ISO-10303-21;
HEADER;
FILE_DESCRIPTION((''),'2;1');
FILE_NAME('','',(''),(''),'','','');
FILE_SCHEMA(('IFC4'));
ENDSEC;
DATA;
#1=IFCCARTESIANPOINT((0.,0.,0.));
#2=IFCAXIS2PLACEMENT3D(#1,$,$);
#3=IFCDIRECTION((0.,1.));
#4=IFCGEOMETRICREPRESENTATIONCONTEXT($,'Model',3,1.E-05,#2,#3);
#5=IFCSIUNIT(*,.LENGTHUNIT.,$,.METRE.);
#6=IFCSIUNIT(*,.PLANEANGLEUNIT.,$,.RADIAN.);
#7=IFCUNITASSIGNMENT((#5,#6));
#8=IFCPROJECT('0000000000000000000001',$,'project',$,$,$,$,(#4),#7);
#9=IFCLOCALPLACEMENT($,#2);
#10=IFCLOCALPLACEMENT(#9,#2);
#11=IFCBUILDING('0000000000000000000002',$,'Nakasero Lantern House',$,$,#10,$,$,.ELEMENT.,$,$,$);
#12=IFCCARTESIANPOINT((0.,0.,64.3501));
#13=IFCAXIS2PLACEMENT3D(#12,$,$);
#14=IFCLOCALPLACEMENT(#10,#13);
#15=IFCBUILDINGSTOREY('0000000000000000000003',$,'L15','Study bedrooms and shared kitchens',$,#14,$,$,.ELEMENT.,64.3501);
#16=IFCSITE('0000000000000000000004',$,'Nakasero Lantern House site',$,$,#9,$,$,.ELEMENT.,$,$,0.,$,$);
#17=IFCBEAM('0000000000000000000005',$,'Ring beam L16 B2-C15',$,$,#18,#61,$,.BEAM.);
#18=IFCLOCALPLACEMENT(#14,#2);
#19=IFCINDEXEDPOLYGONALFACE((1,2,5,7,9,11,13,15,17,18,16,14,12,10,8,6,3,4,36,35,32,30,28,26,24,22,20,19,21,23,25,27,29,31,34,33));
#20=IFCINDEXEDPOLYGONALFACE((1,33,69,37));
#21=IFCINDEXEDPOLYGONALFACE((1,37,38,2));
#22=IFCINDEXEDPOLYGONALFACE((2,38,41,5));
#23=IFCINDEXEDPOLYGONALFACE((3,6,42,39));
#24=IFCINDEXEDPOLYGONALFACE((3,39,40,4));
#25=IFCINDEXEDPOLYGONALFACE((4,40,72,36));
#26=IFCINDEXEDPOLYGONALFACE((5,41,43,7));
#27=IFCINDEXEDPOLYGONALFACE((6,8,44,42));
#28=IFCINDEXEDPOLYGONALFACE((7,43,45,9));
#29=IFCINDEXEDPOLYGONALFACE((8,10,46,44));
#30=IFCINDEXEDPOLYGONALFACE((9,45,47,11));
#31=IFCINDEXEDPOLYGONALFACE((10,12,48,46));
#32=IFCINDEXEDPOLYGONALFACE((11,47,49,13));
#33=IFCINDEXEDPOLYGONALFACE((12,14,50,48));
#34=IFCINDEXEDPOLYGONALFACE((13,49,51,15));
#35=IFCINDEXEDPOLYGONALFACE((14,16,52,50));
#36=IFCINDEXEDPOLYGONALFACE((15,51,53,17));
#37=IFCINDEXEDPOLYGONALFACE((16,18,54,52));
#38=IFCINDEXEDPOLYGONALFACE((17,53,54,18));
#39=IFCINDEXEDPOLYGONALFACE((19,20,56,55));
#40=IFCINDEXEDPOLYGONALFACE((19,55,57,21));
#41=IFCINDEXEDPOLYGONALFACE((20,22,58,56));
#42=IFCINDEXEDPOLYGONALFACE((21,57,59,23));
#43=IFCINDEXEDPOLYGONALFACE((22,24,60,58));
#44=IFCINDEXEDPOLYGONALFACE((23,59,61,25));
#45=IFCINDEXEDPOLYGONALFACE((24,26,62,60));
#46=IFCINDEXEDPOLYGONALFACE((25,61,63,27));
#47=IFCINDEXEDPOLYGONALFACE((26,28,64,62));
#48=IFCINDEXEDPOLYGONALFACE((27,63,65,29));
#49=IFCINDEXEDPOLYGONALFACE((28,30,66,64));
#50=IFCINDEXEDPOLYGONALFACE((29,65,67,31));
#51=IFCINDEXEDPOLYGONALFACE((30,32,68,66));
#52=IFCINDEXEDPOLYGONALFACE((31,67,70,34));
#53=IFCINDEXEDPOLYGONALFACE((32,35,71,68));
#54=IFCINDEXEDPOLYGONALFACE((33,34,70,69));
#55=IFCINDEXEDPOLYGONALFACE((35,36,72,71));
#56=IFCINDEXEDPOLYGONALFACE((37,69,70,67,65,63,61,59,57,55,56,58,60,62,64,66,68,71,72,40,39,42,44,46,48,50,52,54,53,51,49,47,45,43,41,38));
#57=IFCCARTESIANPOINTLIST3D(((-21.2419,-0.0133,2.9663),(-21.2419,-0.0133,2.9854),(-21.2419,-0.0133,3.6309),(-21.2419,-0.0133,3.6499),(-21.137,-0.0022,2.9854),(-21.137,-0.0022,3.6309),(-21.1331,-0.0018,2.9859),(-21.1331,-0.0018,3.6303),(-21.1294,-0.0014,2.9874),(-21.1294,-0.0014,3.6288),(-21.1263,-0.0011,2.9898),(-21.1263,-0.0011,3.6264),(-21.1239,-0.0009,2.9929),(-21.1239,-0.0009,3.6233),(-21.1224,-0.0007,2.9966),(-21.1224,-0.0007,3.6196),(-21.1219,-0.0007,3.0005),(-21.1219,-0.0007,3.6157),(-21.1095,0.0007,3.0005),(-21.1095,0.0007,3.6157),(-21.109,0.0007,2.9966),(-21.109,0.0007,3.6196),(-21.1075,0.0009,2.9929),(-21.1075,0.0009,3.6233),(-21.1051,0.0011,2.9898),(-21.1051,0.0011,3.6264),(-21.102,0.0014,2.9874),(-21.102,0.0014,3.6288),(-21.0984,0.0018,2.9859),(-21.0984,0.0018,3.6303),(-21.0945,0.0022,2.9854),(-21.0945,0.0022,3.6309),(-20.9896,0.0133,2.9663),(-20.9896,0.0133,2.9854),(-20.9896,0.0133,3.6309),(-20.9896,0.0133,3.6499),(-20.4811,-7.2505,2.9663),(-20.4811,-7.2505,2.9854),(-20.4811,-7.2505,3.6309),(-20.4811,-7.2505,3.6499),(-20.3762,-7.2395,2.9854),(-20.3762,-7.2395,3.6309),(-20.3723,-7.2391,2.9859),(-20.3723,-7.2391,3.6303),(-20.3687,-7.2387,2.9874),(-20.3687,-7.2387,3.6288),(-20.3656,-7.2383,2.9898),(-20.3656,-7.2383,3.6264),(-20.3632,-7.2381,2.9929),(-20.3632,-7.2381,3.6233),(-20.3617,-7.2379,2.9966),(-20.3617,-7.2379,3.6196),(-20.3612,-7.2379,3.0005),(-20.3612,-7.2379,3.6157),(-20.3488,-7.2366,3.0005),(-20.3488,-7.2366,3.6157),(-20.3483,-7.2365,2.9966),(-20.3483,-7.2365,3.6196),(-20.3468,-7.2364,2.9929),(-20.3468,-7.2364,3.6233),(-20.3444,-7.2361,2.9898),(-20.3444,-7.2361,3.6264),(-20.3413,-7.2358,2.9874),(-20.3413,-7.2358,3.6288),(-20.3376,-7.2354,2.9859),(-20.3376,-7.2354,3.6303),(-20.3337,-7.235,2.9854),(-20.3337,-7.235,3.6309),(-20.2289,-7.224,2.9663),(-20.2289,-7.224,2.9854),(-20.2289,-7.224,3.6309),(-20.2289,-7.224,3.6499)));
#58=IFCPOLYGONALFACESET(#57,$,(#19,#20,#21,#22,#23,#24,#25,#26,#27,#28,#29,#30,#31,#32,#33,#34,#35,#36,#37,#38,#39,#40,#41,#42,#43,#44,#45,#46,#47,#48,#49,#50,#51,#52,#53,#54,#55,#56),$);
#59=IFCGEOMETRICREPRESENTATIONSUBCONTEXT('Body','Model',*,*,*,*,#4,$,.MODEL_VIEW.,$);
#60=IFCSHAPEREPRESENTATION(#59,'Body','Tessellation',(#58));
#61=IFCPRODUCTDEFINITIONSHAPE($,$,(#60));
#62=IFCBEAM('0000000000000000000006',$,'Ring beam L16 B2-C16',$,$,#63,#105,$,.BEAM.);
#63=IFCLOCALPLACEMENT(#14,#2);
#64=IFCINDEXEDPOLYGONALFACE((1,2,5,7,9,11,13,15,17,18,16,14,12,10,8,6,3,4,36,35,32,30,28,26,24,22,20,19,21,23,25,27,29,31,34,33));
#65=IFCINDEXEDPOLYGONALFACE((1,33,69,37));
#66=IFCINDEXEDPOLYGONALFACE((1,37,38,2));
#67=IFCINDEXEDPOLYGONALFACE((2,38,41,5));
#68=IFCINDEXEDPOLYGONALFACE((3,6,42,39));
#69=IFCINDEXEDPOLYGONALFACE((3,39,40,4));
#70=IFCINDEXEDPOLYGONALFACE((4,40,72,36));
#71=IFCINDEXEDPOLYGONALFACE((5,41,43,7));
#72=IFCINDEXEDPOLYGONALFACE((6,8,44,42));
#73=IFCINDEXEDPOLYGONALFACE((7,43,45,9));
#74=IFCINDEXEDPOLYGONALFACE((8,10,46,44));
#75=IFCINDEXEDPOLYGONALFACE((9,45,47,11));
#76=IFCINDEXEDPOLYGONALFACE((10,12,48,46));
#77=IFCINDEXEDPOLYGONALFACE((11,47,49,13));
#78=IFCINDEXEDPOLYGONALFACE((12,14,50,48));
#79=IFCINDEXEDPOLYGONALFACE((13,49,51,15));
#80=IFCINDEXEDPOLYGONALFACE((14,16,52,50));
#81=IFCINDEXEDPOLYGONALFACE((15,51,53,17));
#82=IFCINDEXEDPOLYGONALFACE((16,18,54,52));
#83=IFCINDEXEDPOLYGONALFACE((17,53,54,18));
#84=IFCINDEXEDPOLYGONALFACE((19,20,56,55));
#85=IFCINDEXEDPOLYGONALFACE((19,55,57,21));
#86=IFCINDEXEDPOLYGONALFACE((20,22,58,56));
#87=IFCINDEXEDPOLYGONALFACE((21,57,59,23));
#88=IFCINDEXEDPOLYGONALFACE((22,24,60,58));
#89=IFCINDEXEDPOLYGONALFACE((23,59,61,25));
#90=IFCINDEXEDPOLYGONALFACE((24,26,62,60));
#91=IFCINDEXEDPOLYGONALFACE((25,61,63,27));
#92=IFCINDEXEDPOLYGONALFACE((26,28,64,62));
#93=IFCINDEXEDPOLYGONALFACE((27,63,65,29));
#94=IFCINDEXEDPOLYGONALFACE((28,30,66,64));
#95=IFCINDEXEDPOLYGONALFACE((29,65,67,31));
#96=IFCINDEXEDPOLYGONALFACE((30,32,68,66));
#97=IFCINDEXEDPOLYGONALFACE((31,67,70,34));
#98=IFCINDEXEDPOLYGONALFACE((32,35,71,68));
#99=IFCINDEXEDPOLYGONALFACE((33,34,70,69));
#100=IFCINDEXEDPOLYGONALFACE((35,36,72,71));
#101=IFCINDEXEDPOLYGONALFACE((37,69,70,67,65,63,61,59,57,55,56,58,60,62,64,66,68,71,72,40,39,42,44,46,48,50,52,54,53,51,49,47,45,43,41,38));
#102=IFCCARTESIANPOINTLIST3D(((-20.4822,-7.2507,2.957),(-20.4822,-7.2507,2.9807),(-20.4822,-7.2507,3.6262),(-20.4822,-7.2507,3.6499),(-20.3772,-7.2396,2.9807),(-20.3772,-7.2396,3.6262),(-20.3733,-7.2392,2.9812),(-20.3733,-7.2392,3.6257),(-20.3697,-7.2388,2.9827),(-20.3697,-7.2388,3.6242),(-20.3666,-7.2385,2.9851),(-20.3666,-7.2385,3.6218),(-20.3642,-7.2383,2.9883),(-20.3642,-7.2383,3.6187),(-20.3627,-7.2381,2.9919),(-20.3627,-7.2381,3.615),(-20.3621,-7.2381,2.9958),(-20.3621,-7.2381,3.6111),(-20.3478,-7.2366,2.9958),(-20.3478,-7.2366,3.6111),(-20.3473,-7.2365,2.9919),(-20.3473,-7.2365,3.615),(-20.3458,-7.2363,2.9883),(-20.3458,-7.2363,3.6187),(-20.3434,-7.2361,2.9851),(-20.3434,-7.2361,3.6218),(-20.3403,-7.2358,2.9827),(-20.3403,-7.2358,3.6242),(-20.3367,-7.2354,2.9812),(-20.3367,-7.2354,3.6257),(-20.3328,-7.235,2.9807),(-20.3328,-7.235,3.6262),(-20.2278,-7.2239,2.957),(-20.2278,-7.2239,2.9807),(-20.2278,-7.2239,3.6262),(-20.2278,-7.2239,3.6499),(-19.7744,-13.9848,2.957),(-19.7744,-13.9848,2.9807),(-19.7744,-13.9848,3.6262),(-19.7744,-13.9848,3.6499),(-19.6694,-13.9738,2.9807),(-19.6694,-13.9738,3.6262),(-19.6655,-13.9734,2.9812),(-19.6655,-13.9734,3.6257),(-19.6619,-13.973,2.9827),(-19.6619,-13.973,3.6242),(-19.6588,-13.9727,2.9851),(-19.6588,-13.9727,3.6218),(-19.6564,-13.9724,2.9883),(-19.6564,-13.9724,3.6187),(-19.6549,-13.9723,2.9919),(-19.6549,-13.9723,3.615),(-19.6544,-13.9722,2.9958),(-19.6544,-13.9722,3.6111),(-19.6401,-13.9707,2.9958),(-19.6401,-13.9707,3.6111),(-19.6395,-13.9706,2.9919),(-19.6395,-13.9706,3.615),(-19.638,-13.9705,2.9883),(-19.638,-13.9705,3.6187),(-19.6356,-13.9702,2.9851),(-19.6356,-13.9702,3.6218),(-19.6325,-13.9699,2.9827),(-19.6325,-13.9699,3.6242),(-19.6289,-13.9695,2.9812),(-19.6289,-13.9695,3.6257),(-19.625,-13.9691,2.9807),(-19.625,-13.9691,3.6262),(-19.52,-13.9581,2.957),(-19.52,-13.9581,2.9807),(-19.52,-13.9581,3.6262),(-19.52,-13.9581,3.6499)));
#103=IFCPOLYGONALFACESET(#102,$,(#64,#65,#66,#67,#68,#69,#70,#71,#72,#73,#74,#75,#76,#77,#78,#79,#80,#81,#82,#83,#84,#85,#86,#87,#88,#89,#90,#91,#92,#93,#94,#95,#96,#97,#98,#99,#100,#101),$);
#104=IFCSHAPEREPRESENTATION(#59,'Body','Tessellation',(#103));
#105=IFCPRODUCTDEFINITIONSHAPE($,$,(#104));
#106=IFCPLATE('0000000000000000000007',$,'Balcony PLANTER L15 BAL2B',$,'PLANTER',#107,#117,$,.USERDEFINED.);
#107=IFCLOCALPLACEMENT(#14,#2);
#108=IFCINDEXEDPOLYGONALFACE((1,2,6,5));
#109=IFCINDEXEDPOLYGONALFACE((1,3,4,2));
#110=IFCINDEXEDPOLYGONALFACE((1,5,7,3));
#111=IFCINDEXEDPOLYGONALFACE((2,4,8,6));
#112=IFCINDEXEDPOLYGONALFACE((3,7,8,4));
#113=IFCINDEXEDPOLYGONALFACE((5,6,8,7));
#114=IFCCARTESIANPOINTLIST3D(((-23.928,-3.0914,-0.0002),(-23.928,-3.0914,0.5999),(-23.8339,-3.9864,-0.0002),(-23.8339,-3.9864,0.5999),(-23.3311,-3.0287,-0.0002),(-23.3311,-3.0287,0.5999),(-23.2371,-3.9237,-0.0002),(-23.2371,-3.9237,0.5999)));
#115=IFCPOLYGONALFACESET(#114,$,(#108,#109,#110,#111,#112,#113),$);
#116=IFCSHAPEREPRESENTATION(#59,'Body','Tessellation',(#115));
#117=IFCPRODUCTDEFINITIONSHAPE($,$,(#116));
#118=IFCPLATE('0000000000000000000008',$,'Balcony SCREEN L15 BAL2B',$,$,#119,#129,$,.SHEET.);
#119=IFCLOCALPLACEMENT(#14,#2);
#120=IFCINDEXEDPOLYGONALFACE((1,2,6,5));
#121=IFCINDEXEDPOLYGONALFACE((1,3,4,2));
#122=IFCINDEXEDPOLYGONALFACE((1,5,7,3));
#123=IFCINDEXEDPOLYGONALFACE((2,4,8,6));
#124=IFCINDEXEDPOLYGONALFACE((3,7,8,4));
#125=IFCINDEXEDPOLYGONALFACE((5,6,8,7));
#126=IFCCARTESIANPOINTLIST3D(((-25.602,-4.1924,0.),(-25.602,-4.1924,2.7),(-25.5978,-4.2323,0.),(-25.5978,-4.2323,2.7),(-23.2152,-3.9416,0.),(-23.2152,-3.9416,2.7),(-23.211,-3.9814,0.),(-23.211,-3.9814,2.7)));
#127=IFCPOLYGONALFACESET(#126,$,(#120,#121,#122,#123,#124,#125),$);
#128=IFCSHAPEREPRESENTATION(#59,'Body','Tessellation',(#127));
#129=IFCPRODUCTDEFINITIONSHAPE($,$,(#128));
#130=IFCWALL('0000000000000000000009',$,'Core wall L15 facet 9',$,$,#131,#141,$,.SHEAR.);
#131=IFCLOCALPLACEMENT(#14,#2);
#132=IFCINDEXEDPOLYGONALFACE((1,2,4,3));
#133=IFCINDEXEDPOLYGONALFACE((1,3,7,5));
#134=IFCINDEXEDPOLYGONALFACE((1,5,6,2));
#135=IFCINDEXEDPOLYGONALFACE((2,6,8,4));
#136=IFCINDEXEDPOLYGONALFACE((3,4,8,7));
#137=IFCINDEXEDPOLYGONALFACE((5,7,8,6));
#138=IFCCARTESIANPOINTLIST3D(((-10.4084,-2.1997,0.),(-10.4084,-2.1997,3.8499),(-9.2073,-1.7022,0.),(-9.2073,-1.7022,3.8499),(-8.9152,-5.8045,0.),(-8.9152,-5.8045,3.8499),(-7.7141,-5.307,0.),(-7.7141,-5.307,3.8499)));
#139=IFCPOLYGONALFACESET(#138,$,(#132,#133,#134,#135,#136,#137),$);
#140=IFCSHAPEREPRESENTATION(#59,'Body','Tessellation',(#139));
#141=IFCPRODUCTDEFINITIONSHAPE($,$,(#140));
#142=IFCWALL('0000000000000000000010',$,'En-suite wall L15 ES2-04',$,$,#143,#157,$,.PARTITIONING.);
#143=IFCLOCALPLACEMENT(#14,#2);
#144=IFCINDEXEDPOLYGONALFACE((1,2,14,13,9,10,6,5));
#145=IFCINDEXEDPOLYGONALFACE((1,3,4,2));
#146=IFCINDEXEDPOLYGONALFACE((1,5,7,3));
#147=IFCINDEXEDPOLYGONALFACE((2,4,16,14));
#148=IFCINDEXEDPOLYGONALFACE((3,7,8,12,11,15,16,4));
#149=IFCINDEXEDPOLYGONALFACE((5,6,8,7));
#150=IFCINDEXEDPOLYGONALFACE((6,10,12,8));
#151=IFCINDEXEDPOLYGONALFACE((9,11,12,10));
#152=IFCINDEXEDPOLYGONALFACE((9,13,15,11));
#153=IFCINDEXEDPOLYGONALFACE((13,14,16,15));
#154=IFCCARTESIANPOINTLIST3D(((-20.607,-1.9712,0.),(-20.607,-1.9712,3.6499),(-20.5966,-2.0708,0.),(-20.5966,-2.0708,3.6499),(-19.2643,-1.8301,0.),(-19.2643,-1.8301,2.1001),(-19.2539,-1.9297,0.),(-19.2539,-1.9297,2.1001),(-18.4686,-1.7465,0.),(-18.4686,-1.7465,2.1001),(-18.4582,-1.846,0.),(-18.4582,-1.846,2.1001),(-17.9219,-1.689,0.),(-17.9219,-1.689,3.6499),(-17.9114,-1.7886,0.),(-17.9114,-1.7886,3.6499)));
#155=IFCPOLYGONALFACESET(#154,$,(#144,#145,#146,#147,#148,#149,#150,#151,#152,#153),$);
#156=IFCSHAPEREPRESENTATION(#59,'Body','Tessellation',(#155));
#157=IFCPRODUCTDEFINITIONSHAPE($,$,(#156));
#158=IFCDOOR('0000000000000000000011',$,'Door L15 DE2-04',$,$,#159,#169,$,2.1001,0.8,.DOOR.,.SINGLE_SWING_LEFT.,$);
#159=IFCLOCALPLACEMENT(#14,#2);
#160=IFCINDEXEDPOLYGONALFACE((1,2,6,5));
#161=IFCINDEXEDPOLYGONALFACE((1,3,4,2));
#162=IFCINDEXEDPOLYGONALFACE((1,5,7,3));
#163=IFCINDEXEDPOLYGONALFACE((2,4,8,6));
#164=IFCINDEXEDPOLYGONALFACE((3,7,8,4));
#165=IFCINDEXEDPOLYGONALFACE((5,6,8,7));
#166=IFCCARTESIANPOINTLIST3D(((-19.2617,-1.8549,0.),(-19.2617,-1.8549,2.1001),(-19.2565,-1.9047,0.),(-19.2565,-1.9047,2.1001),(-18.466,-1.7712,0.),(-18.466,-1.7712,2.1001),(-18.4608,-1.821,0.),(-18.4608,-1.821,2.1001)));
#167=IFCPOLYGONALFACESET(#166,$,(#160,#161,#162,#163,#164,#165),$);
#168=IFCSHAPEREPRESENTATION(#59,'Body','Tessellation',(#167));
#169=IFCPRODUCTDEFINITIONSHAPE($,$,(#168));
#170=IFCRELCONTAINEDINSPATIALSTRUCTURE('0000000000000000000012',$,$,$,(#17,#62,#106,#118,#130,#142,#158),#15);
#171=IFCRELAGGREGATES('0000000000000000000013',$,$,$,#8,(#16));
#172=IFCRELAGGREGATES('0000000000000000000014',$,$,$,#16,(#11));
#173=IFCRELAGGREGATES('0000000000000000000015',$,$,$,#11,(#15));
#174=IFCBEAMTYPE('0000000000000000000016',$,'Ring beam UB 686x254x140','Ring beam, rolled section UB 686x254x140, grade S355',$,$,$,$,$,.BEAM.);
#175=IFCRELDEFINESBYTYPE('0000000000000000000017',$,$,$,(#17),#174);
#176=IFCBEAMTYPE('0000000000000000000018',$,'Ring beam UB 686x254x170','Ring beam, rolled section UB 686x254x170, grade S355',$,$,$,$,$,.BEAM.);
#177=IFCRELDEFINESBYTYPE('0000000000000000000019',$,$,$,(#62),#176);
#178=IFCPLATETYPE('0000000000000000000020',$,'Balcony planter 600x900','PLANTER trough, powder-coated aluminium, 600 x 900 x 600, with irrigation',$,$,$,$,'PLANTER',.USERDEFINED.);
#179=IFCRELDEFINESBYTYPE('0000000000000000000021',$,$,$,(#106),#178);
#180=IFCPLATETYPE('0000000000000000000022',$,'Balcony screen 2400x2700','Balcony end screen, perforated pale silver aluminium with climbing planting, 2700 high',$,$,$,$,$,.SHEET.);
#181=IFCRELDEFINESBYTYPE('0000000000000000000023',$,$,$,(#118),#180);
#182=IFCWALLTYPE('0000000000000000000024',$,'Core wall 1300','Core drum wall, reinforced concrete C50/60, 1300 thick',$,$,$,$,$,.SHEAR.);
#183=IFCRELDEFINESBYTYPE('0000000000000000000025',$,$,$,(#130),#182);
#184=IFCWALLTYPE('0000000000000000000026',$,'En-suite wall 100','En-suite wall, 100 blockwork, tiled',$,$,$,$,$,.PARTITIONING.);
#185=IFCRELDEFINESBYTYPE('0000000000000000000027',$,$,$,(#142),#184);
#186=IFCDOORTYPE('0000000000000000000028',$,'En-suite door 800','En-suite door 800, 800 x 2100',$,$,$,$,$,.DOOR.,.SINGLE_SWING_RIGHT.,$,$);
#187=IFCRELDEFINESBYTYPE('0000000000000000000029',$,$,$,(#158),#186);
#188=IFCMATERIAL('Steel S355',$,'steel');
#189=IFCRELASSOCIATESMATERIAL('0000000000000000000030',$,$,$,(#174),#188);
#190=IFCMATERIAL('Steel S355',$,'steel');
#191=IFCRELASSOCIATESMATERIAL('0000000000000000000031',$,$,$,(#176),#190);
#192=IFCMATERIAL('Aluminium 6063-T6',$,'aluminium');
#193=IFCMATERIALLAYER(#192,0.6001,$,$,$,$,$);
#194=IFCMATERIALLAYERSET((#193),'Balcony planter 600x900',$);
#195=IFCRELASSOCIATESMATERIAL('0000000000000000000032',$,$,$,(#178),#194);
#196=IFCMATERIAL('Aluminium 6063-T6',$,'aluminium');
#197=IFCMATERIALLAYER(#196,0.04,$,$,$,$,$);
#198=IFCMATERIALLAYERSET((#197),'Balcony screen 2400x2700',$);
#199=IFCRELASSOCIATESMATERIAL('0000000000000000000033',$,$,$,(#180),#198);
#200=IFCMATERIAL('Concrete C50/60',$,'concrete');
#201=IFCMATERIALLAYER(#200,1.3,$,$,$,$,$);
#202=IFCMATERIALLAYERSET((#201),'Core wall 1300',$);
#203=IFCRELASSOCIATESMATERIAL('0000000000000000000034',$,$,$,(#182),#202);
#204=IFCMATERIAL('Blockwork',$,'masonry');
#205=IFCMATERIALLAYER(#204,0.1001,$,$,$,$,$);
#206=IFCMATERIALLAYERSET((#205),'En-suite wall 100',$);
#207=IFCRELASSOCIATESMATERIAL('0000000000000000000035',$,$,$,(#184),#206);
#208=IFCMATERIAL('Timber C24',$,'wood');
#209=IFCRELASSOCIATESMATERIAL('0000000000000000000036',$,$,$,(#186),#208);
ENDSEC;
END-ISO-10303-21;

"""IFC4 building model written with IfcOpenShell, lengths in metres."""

from ifc_helpers import new_model, si_unit, direction, frame, frame_2d, origin, origin_2d, place, context, subcontext, project, spatial, rectangle, i_section, extrude, material, layer, layer_set, material_profile, profile_set, type_object, element, fill, save


model = new_model("IFC4")

# Units and contexts
model_context = context("Model", 3, precision=1e-05, world=origin(), true_north=direction((0.0, 1.0)))
body_context = subcontext(model_context, "Body", "Model", "MODEL_VIEW")
ifc_project = project(units=[si_unit("LENGTHUNIT", "METRE"), si_unit("PLANEANGLEUNIT", "RADIAN")], contexts=[model_context])

# Site, building, storey
site_placement = place(None, origin())
site = spatial("IfcSite", under=ifc_project, at=site_placement, Name="Nakasero Lantern House site", CompositionType="ELEMENT", RefElevation=0.0)
building_placement = place(site_placement, origin())
building = spatial("IfcBuilding", under=site, at=building_placement, Name="Nakasero Lantern House", CompositionType="ELEMENT")
storey_placement = place(building_placement, frame((0.0, 0.0, 64.3501)))
storey = spatial("IfcBuildingStorey", under=building, at=storey_placement, Name="L15", Description="Study bedrooms and shared kitchens", CompositionType="ELEMENT", Elevation=64.3501)

# Beams
ifc_material_1 = material(Name="Steel S355", Category="steel")
ifc_material_profile_1 = material_profile(ifc_material_1, i_section(OverallWidth=0.2537, OverallDepth=0.6836, WebThickness=0.0125, FlangeThickness=0.019, FilletRadius=0.0151, at=origin_2d()), Name="UB 686x254x140")
ifc_profile_set_1 = profile_set([ifc_material_profile_1], Name="Steel S355")
beam_type_1 = type_object("IfcBeamType", Name="Ring beam UB 686x254x140", Description="Ring beam, rolled section UB 686x254x140, grade S355", PredefinedType="BEAM", material=ifc_profile_set_1)
beam_1_placement = place(storey_placement, frame((-21.1157, 0.0, 3.3081), z_axis=(0.104538, -0.994521, 0.0), x_axis=(0.994521, 0.104538, 0.0)))
element("IfcBeam", 1, at=beam_1_placement, inside=storey, type_object=beam_type_1, Name="Ring beam L16 B2-C15", PredefinedType="BEAM", context=body_context, shape_type="SweptSolid", body=[
    extrude(i_section(OverallWidth=0.2537, OverallDepth=0.6836, WebThickness=0.0125, FlangeThickness=0.019, FilletRadius=0.0151, at=origin_2d()), origin(), (0.0, 0.0, 1.0), 7.2771),
])
ifc_material_2 = material(Name="Steel S355", Category="steel")
ifc_material_profile_2 = material_profile(ifc_material_2, i_section(OverallWidth=0.2559, OverallDepth=0.6929, WebThickness=0.0144, FlangeThickness=0.0237, FilletRadius=0.0151, at=origin_2d()), Name="UB 686x254x170")
ifc_profile_set_2 = profile_set([ifc_material_profile_2], Name="Steel S355")
beam_type_2 = type_object("IfcBeamType", Name="Ring beam UB 686x254x170", Description="Ring beam, rolled section UB 686x254x170, grade S355", PredefinedType="BEAM", material=ifc_profile_set_2)
beam_2_placement = place(storey_placement, frame((-20.355, -7.2373, 3.3035), z_axis=(0.104525, -0.994522, 0.0), x_axis=(0.994522, 0.104525, 0.0)))
element("IfcBeam", 2, at=beam_2_placement, inside=storey, type_object=beam_type_2, Name="Ring beam L16 B2-C16", PredefinedType="BEAM", context=body_context, shape_type="SweptSolid", body=[
    extrude(i_section(OverallWidth=0.2559, OverallDepth=0.6929, WebThickness=0.0144, FlangeThickness=0.0237, FilletRadius=0.0151, at=origin_2d()), origin(), (0.0, 0.0, 1.0), 6.7712),
])

# Plates
ifc_material_3 = material(Name="Aluminium 6063-T6", Category="aluminium")
ifc_layer_1 = layer(ifc_material_3, 0.6001)
ifc_layer_set_1 = layer_set([ifc_layer_1], Name="Balcony planter 600x900")
plate_type_1 = type_object("IfcPlateType", Name="Balcony planter 600x900", Description="PLANTER trough, powder-coated aluminium, 600 x 900 x 600, with irrigation", ElementType="PLANTER", PredefinedType="USERDEFINED", material=ifc_layer_set_1)
plate_1_placement = place(storey_placement, frame((-23.5825, -3.5076, -0.0002), z_axis=(0.0, 0.0, 1.0), x_axis=(-0.994522, -0.104528, 0.0)))
element("IfcPlate", 3, at=plate_1_placement, inside=storey, type_object=plate_type_1, Name="Balcony PLANTER L15 BAL2B", ObjectType="PLANTER", PredefinedType="USERDEFINED", context=body_context, shape_type="SweptSolid", body=[
    extrude(rectangle(XDim=0.6001, YDim=0.8999, at=origin_2d()), origin(), (0.0, 0.0, 1.0), 0.6001),
])
ifc_material_4 = material(Name="Aluminium 6063-T6", Category="aluminium")
ifc_layer_2 = layer(ifc_material_4, 0.04)
ifc_layer_set_2 = layer_set([ifc_layer_2], Name="Balcony screen 2400x2700")
plate_type_2 = type_object("IfcPlateType", Name="Balcony screen 2400x2700", Description="Balcony end screen, perforated pale silver aluminium with climbing planting, 2700 high", PredefinedType="SHEET", material=ifc_layer_set_2)
plate_2_placement = place(storey_placement, frame((-24.4065, -4.0869, 0.0), z_axis=(0.0, 0.0, 1.0), x_axis=(-0.994522, -0.104528, 0.0)))
element("IfcPlate", 4, at=plate_2_placement, inside=storey, type_object=plate_type_2, Name="Balcony SCREEN L15 BAL2B", PredefinedType="SHEET", context=body_context, shape_type="SweptSolid", body=[
    extrude(rectangle(XDim=2.3999, YDim=0.04, at=origin_2d()), origin(), (0.0, 0.0, 1.0), 2.7),
])

# Wall
ifc_material_5 = material(Name="Concrete C50/60", Category="concrete")
ifc_layer_3 = layer(ifc_material_5, 1.3)
ifc_layer_set_3 = layer_set([ifc_layer_3], Name="Core wall 1300")
wall_type_1 = type_object("IfcWallType", Name="Core wall 1300", Description="Core drum wall, reinforced concrete C50/60, 1300 thick", PredefinedType="SHEAR", material=ifc_layer_set_3)
wall_1_placement = place(storey_placement, frame((-9.8079, -1.9509, 0.0), z_axis=(0.0, 0.0, 1.0), x_axis=(0.382691, -0.923877, 0.0)))
element("IfcWall", 5, at=wall_1_placement, inside=storey, type_object=wall_type_1, Name="Core wall L15 facet 9", PredefinedType="SHEAR", context=body_context, shape_type="SweptSolid", body=[
    extrude(rectangle(XDim=3.9019, YDim=1.3, at=frame_2d((1.9509, 0.0))), origin(), (0.0, 0.0, 1.0), 3.8499),
])

# Wall, opening, door
ifc_material_6 = material(Name="Blockwork", Category="masonry")
ifc_layer_4 = layer(ifc_material_6, 0.1001)
ifc_layer_set_4 = layer_set([ifc_layer_4], Name="En-suite wall 100")
wall_type_2 = type_object("IfcWallType", Name="En-suite wall 100", Description="En-suite wall, 100 blockwork, tiled", PredefinedType="PARTITIONING", material=ifc_layer_set_4)
wall_2_placement = place(storey_placement, frame((-17.9165, -1.7388, 0.0), z_axis=(0.0, 0.0, 1.0), x_axis=(-0.994521, -0.104534, 0.0)))
wall_2 = element("IfcWall", 6, at=wall_2_placement, inside=storey, type_object=wall_type_2, Name="En-suite wall L15 ES2-04", PredefinedType="PARTITIONING", context=body_context, shape_type="SweptSolid", body=[
    extrude(rectangle(XDim=2.7, YDim=0.1001, at=frame_2d((1.3501, 0.0))), origin(), (0.0, 0.0, 1.0), 3.6499),
])
opening_1_placement = place(wall_2_placement, frame((0.55, 0.0, 0.0)))
opening_1 = element("IfcOpeningElement", 7, at=opening_1_placement, cuts=wall_2, PredefinedType="OPENING", context=body_context, shape_type="SweptSolid", body=[
    extrude(rectangle(XDim=0.8, YDim=2.1001, at=frame_2d((0.3999, 1.05))), frame((0.0, 0.0701, 0.0), z_axis=(0.0, -1.0, 0.0), x_axis=(1.0, 0.0, 0.0)), (0.0, 0.0, 1.0), 0.1401),
])
ifc_material_7 = material(Name="Timber C24", Category="wood")
door_type = type_object("IfcDoorType", Name="En-suite door 800", Description="En-suite door 800, 800 x 2100", OperationType="SINGLE_SWING_RIGHT", PredefinedType="DOOR", material=ifc_material_7)
door_1_placement = place(opening_1_placement, origin())
door_1 = element("IfcDoor", 8, at=door_1_placement, inside=storey, type_object=door_type, Name="Door L15 DE2-04", OperationType="SINGLE_SWING_LEFT", OverallHeight=2.1001, OverallWidth=0.8, PredefinedType="DOOR", context=body_context, shape_type="SweptSolid", body=[
    extrude(rectangle(XDim=0.8, YDim=2.1001, at=frame_2d((0.3999, 1.05))), frame((0.0, 0.0249, 0.0), z_axis=(0.0, -1.0, 0.0), x_axis=(1.0, 0.0, 0.0)), (0.0, 0.0, 1.0), 0.05),
])
fill(opening_1, door_1)

save(model, "model.ifc")
